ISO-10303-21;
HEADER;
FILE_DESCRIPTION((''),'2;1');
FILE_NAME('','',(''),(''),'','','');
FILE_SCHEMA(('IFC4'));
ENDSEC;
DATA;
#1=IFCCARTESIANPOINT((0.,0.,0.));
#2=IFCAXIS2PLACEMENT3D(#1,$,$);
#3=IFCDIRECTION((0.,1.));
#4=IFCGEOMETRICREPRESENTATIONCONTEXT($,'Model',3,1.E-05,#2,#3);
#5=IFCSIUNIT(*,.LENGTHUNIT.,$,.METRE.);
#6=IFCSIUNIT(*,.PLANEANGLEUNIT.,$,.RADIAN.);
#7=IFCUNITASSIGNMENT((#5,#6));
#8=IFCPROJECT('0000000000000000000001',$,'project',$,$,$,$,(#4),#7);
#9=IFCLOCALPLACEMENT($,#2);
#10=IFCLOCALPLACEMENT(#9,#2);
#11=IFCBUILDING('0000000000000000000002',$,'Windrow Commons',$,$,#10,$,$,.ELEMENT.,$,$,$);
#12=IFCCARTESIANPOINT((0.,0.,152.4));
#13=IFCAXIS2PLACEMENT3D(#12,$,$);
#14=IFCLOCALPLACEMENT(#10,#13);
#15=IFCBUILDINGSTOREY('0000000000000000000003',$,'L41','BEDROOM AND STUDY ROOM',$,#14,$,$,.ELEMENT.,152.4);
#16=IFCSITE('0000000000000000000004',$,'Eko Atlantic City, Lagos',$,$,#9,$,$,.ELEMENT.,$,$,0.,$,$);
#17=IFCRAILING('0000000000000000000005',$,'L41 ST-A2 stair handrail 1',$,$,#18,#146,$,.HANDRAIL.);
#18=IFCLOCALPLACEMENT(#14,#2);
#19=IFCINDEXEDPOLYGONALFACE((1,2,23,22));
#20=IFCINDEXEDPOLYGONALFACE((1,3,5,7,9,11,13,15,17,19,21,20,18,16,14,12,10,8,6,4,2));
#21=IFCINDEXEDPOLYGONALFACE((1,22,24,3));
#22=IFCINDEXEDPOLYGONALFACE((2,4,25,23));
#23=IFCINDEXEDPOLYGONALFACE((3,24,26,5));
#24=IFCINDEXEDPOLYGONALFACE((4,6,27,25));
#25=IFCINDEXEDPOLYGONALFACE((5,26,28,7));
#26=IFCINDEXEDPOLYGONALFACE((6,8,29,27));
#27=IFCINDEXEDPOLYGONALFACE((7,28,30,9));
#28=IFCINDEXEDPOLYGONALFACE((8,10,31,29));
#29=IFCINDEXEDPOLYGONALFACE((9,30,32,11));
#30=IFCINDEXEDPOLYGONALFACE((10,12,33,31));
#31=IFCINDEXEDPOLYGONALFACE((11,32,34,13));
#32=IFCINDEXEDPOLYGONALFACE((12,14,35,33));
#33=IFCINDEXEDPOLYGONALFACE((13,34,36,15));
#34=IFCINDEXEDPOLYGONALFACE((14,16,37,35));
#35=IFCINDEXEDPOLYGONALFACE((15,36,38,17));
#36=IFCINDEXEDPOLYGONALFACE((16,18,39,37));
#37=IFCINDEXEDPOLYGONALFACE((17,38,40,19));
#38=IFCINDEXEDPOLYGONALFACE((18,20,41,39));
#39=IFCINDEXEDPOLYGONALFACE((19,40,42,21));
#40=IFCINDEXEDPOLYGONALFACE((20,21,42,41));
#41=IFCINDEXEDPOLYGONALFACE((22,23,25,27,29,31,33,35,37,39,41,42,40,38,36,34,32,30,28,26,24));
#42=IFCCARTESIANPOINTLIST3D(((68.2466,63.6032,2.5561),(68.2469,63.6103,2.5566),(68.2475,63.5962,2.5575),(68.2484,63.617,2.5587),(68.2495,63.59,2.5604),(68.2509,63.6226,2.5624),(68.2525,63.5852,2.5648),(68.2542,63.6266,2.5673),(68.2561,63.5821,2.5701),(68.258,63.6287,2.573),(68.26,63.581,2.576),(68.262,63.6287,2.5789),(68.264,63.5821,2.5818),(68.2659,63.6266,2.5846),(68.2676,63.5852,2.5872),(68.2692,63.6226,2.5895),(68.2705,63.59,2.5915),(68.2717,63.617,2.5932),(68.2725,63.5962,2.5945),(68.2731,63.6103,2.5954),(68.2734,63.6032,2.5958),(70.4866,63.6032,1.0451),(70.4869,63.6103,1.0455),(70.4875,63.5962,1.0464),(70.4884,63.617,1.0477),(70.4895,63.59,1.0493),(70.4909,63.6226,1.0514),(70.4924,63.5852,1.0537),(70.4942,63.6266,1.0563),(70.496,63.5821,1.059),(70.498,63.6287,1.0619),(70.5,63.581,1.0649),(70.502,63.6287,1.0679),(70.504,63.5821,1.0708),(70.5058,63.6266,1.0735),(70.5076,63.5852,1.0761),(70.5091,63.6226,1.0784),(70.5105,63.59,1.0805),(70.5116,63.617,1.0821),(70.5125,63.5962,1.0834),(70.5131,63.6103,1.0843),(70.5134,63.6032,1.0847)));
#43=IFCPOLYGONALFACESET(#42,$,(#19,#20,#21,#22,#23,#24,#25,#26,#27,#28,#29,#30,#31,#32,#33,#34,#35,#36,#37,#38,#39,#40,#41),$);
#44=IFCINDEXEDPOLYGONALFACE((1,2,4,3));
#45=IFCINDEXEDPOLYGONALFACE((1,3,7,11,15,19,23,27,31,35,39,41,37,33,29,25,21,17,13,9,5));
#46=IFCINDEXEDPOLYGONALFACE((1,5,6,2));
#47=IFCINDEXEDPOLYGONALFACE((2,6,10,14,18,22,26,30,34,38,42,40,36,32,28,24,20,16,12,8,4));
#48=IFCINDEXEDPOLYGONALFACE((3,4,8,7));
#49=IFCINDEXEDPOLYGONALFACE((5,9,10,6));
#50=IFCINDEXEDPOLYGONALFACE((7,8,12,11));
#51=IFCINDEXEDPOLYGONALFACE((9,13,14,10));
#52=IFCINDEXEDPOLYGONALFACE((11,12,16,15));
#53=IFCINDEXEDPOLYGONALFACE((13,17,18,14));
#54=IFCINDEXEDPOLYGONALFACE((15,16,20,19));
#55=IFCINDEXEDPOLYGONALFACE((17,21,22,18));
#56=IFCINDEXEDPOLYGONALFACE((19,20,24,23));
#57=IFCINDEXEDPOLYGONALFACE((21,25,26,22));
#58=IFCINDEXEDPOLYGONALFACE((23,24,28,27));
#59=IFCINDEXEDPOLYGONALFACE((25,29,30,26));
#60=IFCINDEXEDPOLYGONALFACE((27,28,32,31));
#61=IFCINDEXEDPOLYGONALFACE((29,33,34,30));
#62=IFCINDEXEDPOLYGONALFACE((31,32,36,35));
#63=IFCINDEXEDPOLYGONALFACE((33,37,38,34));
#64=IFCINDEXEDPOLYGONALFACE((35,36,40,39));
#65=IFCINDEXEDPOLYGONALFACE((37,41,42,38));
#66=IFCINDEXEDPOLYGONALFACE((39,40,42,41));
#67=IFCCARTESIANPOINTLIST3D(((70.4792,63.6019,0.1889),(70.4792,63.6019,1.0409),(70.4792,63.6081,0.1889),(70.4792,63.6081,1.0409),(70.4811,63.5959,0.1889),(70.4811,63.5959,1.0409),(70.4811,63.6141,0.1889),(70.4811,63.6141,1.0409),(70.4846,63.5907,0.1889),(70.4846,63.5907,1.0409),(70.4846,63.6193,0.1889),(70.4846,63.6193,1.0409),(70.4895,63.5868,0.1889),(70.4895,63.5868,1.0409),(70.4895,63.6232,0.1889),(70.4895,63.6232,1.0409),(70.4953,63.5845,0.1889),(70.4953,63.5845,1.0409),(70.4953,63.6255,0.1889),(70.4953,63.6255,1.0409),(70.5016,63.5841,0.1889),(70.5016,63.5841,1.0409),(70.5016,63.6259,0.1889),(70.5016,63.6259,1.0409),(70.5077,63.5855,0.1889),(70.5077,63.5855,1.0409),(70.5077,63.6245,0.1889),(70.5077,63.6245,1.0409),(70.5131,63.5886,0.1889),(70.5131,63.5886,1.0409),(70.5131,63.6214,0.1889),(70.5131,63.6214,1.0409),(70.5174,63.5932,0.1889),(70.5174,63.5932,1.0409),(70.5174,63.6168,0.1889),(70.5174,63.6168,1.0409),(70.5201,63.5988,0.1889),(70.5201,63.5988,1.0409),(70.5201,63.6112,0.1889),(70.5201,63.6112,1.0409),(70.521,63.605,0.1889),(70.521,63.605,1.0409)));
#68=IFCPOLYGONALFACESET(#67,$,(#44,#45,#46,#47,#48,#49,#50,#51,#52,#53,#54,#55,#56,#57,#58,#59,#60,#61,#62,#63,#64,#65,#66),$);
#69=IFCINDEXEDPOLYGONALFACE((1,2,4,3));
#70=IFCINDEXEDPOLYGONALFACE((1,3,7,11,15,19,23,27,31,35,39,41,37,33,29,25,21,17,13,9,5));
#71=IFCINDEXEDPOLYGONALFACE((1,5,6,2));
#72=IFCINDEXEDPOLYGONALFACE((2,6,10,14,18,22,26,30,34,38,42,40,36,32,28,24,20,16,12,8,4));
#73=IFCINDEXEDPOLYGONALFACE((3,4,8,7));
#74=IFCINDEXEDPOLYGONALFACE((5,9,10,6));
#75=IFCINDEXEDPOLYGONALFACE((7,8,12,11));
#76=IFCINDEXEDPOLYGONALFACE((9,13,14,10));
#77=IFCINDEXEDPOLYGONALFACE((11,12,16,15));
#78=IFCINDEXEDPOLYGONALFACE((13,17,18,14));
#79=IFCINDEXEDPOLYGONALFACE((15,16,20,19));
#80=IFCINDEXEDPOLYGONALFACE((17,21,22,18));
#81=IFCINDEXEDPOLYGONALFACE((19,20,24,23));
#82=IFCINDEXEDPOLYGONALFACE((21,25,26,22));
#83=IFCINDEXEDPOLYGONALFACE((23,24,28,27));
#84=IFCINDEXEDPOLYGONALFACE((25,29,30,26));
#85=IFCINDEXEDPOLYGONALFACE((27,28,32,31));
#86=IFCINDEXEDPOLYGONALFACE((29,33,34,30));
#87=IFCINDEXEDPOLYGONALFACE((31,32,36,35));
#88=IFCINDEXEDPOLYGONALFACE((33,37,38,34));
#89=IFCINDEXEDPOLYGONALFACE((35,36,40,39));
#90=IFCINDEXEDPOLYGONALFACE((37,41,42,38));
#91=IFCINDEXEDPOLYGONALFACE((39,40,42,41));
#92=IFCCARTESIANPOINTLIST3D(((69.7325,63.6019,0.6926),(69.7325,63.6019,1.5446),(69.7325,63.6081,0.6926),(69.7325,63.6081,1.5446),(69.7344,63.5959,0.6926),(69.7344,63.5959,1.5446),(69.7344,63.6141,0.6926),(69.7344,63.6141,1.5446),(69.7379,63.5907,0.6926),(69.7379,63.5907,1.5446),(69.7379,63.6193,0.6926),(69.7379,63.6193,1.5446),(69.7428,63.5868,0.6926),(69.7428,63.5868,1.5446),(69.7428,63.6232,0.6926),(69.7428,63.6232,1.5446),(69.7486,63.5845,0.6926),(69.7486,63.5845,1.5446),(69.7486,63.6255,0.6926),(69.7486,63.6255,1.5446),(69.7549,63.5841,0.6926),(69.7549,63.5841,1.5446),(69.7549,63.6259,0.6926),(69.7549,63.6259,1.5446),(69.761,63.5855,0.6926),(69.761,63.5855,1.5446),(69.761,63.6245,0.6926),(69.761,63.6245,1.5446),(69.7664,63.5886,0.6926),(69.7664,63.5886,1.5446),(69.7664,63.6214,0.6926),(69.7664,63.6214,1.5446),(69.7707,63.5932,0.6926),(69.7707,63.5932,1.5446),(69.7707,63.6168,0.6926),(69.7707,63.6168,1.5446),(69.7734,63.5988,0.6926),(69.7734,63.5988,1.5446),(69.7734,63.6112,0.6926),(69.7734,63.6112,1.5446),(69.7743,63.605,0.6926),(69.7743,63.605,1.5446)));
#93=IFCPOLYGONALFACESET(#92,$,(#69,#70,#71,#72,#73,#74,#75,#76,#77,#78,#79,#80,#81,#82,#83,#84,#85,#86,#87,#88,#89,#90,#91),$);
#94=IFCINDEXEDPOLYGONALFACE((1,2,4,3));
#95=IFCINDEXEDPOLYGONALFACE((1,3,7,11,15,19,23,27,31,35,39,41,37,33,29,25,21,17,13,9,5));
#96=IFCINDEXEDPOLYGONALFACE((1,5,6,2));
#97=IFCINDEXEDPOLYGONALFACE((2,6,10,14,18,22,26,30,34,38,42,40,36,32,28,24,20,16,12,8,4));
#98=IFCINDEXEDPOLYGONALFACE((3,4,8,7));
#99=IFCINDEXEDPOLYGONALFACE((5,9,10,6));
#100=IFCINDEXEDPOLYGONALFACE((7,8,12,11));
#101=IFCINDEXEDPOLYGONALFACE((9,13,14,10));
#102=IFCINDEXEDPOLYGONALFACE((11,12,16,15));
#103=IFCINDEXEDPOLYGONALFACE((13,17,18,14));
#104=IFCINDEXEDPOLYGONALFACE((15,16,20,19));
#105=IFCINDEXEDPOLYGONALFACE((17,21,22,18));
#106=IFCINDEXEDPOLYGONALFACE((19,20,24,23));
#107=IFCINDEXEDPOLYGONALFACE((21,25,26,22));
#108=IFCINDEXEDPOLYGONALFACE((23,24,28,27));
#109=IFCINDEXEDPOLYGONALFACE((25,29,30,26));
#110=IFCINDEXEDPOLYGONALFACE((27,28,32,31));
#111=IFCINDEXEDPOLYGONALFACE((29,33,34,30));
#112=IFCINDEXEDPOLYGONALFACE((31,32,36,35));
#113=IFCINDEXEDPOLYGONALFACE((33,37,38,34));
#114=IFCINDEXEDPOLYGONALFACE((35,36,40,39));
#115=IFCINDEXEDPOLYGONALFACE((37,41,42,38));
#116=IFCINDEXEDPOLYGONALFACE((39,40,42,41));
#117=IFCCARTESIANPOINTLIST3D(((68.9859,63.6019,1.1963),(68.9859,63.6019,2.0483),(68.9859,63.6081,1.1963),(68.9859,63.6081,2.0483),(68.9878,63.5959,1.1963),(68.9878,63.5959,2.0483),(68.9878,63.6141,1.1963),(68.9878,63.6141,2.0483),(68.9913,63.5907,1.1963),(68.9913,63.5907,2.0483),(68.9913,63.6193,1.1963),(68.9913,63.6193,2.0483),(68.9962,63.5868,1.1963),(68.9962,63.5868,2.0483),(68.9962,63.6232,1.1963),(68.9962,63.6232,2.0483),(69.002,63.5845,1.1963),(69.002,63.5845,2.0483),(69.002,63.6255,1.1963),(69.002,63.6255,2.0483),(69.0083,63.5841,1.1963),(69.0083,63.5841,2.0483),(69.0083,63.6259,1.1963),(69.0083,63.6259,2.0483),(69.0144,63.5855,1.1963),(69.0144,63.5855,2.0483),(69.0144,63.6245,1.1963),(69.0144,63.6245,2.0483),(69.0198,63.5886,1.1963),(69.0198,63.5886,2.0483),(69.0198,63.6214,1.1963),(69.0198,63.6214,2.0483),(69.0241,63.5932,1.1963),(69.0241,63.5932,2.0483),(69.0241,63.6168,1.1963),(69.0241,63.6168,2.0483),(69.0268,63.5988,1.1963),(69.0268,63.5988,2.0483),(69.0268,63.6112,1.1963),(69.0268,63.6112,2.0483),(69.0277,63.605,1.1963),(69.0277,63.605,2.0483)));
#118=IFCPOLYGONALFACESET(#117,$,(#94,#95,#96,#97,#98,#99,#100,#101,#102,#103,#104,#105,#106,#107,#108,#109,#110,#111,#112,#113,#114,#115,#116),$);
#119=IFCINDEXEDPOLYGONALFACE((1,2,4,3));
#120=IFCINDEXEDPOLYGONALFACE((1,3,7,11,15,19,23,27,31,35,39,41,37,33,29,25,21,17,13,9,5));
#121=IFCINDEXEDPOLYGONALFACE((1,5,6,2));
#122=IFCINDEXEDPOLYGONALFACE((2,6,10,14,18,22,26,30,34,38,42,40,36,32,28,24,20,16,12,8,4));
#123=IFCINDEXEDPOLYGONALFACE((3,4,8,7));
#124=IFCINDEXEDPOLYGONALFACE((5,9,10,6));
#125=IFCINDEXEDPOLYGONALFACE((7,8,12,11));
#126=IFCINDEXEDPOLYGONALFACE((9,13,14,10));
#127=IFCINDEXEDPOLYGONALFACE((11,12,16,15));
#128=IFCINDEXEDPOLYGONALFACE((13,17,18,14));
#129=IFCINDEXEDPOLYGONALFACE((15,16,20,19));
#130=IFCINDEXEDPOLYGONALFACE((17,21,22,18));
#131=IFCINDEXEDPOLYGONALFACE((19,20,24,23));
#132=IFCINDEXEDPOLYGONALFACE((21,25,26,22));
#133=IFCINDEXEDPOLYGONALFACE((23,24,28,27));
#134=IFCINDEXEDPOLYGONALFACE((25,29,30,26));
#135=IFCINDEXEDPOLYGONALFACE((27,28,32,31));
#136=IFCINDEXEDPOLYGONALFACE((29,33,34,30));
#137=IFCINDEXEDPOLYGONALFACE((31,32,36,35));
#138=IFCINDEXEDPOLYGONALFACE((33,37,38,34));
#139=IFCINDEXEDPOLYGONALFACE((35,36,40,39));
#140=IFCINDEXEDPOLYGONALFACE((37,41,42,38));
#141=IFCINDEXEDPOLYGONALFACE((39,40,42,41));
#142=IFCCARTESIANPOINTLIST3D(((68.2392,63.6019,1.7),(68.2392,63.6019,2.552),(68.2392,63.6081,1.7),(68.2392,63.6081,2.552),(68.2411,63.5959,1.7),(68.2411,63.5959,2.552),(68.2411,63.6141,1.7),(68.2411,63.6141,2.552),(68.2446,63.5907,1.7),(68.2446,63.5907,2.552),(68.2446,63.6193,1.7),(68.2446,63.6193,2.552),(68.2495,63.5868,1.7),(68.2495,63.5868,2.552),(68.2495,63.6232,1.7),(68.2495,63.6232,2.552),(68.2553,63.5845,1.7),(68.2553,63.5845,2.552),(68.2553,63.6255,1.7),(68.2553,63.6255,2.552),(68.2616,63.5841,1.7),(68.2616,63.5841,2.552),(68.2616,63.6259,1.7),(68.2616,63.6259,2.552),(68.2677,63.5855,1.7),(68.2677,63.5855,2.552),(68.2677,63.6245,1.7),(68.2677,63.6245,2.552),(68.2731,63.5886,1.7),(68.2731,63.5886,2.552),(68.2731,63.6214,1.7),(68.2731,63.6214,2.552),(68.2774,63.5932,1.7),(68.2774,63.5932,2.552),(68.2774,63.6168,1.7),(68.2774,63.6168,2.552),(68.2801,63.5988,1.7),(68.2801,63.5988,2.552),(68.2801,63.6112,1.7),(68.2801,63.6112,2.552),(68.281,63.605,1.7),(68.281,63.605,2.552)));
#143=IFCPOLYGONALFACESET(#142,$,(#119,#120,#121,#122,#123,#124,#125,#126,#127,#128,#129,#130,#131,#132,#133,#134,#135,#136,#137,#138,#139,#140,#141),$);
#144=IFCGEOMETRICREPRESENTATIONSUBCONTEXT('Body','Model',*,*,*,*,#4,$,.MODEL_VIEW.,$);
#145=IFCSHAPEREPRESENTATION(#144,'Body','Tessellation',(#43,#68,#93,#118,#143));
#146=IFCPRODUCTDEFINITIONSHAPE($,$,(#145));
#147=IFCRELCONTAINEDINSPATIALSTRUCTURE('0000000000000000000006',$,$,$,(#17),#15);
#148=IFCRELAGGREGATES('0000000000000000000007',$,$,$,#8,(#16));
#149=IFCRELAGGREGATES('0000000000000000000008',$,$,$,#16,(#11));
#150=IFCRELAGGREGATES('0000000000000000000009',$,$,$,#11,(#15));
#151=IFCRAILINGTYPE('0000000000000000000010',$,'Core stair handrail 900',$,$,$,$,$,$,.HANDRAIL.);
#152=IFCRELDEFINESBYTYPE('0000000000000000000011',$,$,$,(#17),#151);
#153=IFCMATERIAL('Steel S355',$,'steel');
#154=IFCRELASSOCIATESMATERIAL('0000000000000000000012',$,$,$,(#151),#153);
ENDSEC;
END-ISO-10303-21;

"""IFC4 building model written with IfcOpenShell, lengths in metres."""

from ifc_helpers import new_model, si_unit, direction, frame, origin, origin_2d, place, context, subcontext, project, spatial, circle, extrude, material, type_object, element, save


model = new_model("IFC4")

# Units and contexts
model_context = context("Model", 3, precision=1e-05, world=origin(), true_north=direction((0.0, 1.0)))
body_context = subcontext(model_context, "Body", "Model", "MODEL_VIEW")
ifc_project = project(units=[si_unit("LENGTHUNIT", "METRE"), si_unit("PLANEANGLEUNIT", "RADIAN")], contexts=[model_context])

# Site, building, storey
site_placement = place(None, origin())
site = spatial("IfcSite", under=ifc_project, at=site_placement, Name="Eko Atlantic City, Lagos", CompositionType="ELEMENT", RefElevation=0.0)
building_placement = place(site_placement, origin())
building = spatial("IfcBuilding", under=site, at=building_placement, Name="Windrow Commons", CompositionType="ELEMENT")
storey_placement = place(building_placement, frame((0.0, 0.0, 152.4)))
storey = spatial("IfcBuildingStorey", under=building, at=storey_placement, Name="L41", Description="BEDROOM AND STUDY ROOM", CompositionType="ELEMENT", Elevation=152.4)

# Railing
ifc_material_1 = material(Name="Steel S355", Category="steel")
railing_type_1 = type_object("IfcRailingType", Name="Core stair handrail 900", PredefinedType="HANDRAIL", material=ifc_material_1)
railing_1_placement = place(storey_placement, frame((70.5, 63.605, 0.1889)))
element("IfcRailing", 1, at=railing_1_placement, inside=storey, type_object=railing_type_1, Name="L41 ST-A2 stair handrail 1", PredefinedType="HANDRAIL", context=body_context, shape_type="SweptSolid", body=[
    extrude(circle(Radius=0.024, at=origin_2d()), frame((0.0, 0.0, 0.876), z_axis=(-0.829003, 0.0, 0.559244), x_axis=(0.0, -1.0, 0.0)), (0.0, 0.0, 1.0), 2.702),
    extrude(circle(Radius=0.021, at=origin_2d()), origin(), (0.0, 0.0, 1.0), 0.852),
    extrude(circle(Radius=0.021, at=origin_2d()), frame((-0.7467, 0.0, 0.5037)), (0.0, 0.0, 1.0), 0.852),
    extrude(circle(Radius=0.021, at=origin_2d()), frame((-1.4933, 0.0, 1.0074)), (0.0, 0.0, 1.0), 0.852),
    extrude(circle(Radius=0.021, at=origin_2d()), frame((-2.24, 0.0, 1.5111)), (0.0, 0.0, 1.0), 0.852),
])

save(model, "model.ifc")
